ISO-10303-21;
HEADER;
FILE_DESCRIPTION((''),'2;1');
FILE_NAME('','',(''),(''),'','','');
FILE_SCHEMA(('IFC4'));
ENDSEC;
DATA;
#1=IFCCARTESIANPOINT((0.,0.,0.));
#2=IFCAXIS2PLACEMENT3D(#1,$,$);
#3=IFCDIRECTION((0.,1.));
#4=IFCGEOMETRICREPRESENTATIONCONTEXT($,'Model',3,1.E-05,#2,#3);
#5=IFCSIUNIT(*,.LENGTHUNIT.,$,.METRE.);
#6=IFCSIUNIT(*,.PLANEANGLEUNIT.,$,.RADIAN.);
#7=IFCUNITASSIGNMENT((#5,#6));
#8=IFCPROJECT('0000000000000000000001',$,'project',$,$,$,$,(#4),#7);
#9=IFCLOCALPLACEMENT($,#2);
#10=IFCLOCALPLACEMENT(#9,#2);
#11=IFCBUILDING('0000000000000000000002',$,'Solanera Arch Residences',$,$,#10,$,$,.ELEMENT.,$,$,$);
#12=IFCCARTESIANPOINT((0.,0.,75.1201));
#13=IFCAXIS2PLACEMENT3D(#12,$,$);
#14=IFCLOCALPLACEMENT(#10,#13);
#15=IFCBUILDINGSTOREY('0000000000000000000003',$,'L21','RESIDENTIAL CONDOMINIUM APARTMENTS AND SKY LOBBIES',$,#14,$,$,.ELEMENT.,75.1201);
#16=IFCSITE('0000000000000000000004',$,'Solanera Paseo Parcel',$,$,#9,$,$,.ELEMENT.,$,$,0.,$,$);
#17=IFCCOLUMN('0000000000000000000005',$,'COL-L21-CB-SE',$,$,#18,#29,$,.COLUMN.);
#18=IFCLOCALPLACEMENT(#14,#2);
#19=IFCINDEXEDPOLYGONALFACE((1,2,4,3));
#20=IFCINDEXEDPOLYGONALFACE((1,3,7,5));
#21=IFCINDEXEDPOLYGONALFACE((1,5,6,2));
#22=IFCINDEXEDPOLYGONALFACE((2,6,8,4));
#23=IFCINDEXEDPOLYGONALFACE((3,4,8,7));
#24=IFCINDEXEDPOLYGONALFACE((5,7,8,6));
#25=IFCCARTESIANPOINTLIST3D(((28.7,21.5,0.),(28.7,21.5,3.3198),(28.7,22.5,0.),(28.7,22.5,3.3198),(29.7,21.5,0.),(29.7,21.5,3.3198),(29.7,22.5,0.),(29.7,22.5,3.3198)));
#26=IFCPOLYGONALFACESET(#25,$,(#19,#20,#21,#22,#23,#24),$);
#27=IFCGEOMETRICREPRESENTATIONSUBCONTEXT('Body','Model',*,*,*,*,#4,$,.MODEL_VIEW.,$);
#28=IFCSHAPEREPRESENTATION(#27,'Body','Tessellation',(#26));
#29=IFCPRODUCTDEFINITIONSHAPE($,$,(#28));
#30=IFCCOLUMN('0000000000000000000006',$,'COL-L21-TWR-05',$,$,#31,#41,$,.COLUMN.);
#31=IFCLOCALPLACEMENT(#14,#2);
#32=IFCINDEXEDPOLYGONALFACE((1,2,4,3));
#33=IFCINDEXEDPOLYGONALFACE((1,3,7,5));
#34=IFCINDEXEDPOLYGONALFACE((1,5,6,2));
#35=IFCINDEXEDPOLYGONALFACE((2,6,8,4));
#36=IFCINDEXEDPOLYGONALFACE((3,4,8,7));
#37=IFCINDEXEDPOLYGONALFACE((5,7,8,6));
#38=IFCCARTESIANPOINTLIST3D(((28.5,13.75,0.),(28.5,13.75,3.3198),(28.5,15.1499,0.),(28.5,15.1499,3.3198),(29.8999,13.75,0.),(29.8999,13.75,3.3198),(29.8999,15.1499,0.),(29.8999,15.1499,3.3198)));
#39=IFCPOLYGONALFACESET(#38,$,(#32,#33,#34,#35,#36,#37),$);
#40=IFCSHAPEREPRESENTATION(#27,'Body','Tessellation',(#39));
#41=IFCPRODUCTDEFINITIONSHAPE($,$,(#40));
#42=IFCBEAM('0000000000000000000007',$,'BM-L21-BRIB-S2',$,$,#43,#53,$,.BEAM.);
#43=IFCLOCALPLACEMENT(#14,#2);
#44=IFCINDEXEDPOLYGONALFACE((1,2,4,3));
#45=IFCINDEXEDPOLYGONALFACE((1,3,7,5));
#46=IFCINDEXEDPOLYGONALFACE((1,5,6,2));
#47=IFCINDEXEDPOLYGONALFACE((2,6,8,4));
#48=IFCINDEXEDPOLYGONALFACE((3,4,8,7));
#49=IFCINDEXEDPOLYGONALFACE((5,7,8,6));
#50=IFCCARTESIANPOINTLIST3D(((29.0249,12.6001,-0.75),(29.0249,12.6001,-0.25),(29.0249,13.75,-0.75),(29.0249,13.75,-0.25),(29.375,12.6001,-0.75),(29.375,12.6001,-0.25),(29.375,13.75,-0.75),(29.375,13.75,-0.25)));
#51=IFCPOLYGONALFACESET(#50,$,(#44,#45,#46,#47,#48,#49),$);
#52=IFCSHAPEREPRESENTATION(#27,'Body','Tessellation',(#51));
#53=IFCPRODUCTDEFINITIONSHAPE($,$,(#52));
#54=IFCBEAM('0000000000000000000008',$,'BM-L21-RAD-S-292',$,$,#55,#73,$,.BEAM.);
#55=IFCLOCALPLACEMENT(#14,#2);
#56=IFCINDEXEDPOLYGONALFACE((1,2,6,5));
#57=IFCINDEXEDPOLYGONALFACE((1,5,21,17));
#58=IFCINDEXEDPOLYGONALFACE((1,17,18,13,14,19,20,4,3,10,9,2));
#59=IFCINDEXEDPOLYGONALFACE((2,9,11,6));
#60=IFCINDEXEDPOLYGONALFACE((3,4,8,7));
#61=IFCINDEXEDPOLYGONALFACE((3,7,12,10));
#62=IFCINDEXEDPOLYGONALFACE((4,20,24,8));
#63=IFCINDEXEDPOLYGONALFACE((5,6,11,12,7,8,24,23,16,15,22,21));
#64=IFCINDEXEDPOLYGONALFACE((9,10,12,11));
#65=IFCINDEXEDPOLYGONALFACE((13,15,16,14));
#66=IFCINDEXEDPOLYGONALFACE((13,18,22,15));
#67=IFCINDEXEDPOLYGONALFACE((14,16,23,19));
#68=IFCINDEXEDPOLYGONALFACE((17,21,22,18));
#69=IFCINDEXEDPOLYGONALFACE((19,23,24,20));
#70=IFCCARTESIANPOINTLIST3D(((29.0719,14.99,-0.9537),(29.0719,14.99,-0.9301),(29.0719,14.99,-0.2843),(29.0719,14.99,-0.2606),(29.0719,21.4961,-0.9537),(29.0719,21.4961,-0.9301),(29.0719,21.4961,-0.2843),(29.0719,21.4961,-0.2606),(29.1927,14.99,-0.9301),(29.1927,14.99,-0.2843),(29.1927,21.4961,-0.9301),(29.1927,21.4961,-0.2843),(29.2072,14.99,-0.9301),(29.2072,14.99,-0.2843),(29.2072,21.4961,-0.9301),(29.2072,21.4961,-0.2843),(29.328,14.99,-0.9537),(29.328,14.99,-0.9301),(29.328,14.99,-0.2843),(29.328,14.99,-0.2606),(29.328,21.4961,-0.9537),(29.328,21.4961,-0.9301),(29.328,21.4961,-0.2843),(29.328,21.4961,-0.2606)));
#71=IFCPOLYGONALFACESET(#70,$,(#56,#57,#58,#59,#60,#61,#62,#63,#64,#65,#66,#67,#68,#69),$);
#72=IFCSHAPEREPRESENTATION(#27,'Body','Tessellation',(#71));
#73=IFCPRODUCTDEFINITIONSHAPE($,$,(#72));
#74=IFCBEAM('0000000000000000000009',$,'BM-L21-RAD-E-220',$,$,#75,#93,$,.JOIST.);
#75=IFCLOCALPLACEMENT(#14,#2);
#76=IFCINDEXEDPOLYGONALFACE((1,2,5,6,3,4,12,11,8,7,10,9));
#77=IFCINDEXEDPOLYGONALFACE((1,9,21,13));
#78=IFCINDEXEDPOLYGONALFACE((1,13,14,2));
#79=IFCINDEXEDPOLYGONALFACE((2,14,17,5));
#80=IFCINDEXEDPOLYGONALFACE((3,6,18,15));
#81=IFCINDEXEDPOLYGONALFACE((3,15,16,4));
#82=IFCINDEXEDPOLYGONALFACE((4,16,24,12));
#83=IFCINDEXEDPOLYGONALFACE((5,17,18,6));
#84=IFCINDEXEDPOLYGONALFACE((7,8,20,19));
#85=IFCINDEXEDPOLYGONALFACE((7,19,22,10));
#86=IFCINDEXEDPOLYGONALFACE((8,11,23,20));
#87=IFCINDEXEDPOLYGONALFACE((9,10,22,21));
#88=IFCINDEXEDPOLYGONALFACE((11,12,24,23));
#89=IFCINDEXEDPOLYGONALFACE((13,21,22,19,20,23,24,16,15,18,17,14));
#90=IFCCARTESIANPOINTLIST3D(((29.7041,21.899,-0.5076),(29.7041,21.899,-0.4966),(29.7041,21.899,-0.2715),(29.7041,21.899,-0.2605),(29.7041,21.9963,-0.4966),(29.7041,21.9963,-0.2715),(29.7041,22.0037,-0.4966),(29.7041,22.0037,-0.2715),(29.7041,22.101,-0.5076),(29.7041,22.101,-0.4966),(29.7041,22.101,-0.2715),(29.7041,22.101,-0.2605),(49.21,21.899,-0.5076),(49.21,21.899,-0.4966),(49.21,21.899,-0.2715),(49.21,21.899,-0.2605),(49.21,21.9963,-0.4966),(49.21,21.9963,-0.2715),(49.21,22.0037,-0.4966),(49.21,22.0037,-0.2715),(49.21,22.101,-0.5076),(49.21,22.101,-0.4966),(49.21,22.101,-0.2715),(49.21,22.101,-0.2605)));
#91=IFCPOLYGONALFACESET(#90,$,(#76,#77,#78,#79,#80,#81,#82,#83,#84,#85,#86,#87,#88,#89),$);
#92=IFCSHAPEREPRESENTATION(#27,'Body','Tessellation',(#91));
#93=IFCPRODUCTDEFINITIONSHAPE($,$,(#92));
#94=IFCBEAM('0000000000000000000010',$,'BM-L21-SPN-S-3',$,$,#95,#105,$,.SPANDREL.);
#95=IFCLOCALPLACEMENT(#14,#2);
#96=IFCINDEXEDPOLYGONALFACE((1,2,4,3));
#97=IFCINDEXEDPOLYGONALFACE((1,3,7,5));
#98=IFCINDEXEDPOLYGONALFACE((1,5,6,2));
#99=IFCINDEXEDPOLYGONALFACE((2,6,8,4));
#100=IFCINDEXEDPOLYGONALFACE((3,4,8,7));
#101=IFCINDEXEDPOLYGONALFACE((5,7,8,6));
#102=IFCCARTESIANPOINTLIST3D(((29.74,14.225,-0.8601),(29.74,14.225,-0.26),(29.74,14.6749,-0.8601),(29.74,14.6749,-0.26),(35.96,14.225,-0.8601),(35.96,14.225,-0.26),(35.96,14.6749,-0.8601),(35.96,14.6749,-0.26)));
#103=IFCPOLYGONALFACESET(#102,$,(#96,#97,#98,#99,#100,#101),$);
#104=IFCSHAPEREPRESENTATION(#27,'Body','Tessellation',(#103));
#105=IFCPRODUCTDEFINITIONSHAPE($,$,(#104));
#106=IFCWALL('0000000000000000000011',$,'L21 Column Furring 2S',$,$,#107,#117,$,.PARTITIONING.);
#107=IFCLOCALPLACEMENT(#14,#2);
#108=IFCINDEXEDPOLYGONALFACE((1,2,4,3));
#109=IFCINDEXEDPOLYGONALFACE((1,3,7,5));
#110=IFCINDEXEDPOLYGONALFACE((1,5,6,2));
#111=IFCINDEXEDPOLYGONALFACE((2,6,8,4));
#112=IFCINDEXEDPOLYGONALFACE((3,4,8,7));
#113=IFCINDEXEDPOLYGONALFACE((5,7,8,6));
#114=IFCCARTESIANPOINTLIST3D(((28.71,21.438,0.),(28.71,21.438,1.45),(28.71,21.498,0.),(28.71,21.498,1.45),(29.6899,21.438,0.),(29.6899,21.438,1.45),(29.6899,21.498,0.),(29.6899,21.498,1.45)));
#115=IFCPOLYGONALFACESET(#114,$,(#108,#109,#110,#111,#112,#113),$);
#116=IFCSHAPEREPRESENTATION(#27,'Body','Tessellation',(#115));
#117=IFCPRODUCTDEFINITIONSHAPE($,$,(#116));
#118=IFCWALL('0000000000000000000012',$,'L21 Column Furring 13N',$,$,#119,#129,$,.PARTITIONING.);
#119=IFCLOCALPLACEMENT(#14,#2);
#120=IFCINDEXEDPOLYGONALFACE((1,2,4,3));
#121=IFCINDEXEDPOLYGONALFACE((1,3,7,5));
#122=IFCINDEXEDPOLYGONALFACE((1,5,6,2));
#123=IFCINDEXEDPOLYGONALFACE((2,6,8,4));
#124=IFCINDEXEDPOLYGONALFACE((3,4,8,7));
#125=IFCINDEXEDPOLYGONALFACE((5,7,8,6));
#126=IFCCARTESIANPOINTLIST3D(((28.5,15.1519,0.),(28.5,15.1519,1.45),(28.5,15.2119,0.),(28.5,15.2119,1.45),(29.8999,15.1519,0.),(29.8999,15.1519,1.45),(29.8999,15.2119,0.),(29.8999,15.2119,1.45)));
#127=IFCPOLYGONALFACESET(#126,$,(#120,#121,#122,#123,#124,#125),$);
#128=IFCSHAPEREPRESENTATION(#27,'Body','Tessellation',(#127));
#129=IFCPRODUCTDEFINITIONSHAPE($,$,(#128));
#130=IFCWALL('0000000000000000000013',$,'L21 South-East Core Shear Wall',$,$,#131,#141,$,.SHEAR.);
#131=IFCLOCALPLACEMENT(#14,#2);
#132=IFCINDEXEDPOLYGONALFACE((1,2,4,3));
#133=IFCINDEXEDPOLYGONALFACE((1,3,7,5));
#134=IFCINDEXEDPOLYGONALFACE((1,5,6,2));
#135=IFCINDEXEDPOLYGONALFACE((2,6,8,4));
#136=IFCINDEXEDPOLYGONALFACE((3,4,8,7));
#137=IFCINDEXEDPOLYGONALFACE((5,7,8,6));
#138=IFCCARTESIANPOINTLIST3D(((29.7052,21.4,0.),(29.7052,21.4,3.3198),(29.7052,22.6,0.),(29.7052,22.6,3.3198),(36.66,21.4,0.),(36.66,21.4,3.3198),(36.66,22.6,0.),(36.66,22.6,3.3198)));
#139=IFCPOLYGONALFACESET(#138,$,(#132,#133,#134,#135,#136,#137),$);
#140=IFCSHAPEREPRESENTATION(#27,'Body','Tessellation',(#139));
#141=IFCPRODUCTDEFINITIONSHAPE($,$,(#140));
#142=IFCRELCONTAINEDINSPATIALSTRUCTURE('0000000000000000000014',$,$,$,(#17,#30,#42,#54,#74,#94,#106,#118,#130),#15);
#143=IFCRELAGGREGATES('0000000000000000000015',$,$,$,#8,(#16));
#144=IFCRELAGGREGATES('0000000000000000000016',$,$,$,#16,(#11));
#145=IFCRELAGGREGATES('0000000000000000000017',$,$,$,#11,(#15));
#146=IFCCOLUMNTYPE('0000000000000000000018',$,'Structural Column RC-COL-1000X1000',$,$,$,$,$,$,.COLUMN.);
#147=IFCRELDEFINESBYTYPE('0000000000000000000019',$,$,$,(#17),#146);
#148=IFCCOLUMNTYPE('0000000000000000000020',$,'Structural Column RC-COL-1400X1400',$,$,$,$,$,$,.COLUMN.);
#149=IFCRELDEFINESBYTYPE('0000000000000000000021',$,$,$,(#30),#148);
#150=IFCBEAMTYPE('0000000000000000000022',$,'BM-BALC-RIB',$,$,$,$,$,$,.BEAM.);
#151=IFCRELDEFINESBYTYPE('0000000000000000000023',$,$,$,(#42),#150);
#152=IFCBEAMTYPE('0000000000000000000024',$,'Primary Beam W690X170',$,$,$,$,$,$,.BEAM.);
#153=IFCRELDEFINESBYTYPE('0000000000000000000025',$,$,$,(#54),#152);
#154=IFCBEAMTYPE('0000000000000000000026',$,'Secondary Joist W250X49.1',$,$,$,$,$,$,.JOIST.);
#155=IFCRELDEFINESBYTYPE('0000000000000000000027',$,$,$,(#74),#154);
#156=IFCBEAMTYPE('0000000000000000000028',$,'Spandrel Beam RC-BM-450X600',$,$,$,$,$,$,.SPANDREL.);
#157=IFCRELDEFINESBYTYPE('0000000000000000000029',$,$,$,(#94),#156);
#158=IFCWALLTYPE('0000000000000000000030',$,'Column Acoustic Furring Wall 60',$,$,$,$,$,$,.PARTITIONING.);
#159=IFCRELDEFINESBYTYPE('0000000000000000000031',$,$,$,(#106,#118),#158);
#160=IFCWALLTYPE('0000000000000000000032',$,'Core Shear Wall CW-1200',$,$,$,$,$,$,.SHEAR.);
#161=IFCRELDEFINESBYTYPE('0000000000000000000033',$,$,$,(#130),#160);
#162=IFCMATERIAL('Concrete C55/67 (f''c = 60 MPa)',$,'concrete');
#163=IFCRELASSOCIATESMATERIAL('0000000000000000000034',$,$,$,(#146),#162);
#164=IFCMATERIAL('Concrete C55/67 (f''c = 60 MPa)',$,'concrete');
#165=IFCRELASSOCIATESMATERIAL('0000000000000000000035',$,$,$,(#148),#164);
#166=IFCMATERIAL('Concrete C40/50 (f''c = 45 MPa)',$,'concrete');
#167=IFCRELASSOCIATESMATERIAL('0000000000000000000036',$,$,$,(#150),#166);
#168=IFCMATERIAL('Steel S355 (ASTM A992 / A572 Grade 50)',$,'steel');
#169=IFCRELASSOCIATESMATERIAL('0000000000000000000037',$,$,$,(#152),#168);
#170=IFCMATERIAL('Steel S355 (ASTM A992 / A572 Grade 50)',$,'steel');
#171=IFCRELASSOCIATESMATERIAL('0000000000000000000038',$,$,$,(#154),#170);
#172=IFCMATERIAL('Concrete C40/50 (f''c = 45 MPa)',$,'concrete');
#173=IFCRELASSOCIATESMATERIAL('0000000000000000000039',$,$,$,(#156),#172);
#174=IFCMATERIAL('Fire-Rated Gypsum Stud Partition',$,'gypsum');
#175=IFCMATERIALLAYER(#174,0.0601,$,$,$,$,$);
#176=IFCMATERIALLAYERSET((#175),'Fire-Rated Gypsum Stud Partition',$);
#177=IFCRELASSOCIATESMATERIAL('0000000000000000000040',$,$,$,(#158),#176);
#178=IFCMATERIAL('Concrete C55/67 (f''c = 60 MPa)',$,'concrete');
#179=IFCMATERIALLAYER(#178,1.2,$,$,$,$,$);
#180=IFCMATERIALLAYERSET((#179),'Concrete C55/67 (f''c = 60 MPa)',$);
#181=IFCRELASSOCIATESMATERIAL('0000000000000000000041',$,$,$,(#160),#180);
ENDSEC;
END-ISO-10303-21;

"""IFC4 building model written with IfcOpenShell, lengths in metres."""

from ifc_helpers import new_model, si_unit, direction, frame, frame_2d, origin, origin_2d, place, context, subcontext, project, spatial, rectangle, i_section, extrude, material, layer, layer_set, material_profile, profile_set, type_object, element, save


model = new_model("IFC4")

# Units and contexts
model_context = context("Model", 3, precision=1e-05, world=origin(), true_north=direction((0.0, 1.0)))
body_context = subcontext(model_context, "Body", "Model", "MODEL_VIEW")
ifc_project = project(units=[si_unit("LENGTHUNIT", "METRE"), si_unit("PLANEANGLEUNIT", "RADIAN")], contexts=[model_context])

# Site, building, storey
site_placement = place(None, origin())
site = spatial("IfcSite", under=ifc_project, at=site_placement, Name="Solanera Paseo Parcel", CompositionType="ELEMENT", RefElevation=0.0)
building_placement = place(site_placement, origin())
building = spatial("IfcBuilding", under=site, at=building_placement, Name="Solanera Arch Residences", CompositionType="ELEMENT")
storey_placement = place(building_placement, frame((0.0, 0.0, 75.1201)))
storey = spatial("IfcBuildingStorey", under=building, at=storey_placement, Name="L21", Description="RESIDENTIAL CONDOMINIUM APARTMENTS AND SKY LOBBIES", CompositionType="ELEMENT", Elevation=75.1201)

# Columns
ifc_material_1 = material(Name="Concrete C55/67 (f'c = 60 MPa)", Category="concrete")
ifc_material_profile_1 = material_profile(ifc_material_1, rectangle(XDim=1.0, YDim=1.0, at=origin_2d()))
ifc_profile_set_1 = profile_set([ifc_material_profile_1], Name="Concrete C55/67 (f'c = 60 MPa)")
column_type_1 = type_object("IfcColumnType", Name="Structural Column RC-COL-1000X1000", PredefinedType="COLUMN", material=ifc_profile_set_1)
column_1_placement = place(storey_placement, frame((29.2, 22.0, 0.0), z_axis=(0.0, 0.0, 1.0), x_axis=(1.0, 0.0, 0.0)))
element("IfcColumn", 1, at=column_1_placement, inside=storey, type_object=column_type_1, Name="COL-L21-CB-SE", PredefinedType="COLUMN", context=body_context, shape_type="SweptSolid", body=[
    extrude(rectangle(XDim=1.0, YDim=1.0, at=origin_2d()), origin(), (0.0, 0.0, 1.0), 3.3198),
])
ifc_material_2 = material(Name="Concrete C55/67 (f'c = 60 MPa)", Category="concrete")
ifc_material_profile_2 = material_profile(ifc_material_2, rectangle(XDim=1.3999, YDim=1.3999, at=origin_2d()))
ifc_profile_set_2 = profile_set([ifc_material_profile_2], Name="Concrete C55/67 (f'c = 60 MPa)")
column_type_2 = type_object("IfcColumnType", Name="Structural Column RC-COL-1400X1400", PredefinedType="COLUMN", material=ifc_profile_set_2)
column_2_placement = place(storey_placement, frame((29.2, 14.45, 0.0), z_axis=(0.0, 0.0, 1.0), x_axis=(1.0, 0.0, 0.0)))
element("IfcColumn", 2, at=column_2_placement, inside=storey, type_object=column_type_2, Name="COL-L21-TWR-05", PredefinedType="COLUMN", context=body_context, shape_type="SweptSolid", body=[
    extrude(rectangle(XDim=1.3999, YDim=1.3999, at=origin_2d()), origin(), (0.0, 0.0, 1.0), 3.3198),
])

# Beams
ifc_material_3 = material(Name="Concrete C40/50 (f'c = 45 MPa)", Category="concrete")
ifc_material_profile_3 = material_profile(ifc_material_3, rectangle(XDim=0.3501, YDim=0.5, at=origin_2d()))
ifc_profile_set_3 = profile_set([ifc_material_profile_3], Name="Concrete C40/50 (f'c = 45 MPa)")
beam_type_1 = type_object("IfcBeamType", Name="BM-BALC-RIB", PredefinedType="BEAM", material=ifc_profile_set_3)
beam_1_placement = place(storey_placement, frame((29.2, 12.6001, -0.5), z_axis=(0.0, 1.0, 0.0), x_axis=(-1.0, 0.0, 0.0)))
element("IfcBeam", 3, at=beam_1_placement, inside=storey, type_object=beam_type_1, Name="BM-L21-BRIB-S2", PredefinedType="BEAM", context=body_context, shape_type="SweptSolid", body=[
    extrude(rectangle(XDim=0.3501, YDim=0.5, at=origin_2d()), origin(), (0.0, 0.0, 1.0), 1.1499),
])
ifc_material_4 = material(Name="Steel S355 (ASTM A992 / A572 Grade 50)", Category="steel")
ifc_material_profile_4 = material_profile(ifc_material_4, i_section(OverallWidth=0.2561, OverallDepth=0.6931, WebThickness=0.0144, FlangeThickness=0.0237, at=origin_2d()))
ifc_profile_set_4 = profile_set([ifc_material_profile_4], Name="Steel S355 (ASTM A992 / A572 Grade 50)")
beam_type_2 = type_object("IfcBeamType", Name="Primary Beam W690X170", PredefinedType="BEAM", material=ifc_profile_set_4)
beam_2_placement = place(storey_placement, frame((29.2, 14.99, -0.6072), z_axis=(0.0, 1.0, 0.0), x_axis=(-1.0, 0.0, 0.0)))
element("IfcBeam", 4, at=beam_2_placement, inside=storey, type_object=beam_type_2, Name="BM-L21-RAD-S-292", PredefinedType="BEAM", context=body_context, shape_type="SweptSolid", body=[
    extrude(i_section(OverallWidth=0.2561, OverallDepth=0.6931, WebThickness=0.0144, FlangeThickness=0.0237, at=origin_2d()), origin(), (0.0, 0.0, 1.0), 6.5061),
])
ifc_material_5 = material(Name="Steel S355 (ASTM A992 / A572 Grade 50)", Category="steel")
ifc_material_profile_5 = material_profile(ifc_material_5, i_section(OverallWidth=0.2019, OverallDepth=0.2471, WebThickness=0.0073, FlangeThickness=0.011, at=origin_2d()))
ifc_profile_set_5 = profile_set([ifc_material_profile_5], Name="Steel S355 (ASTM A992 / A572 Grade 50)")
beam_type_3 = type_object("IfcBeamType", Name="Secondary Joist W250X49.1", PredefinedType="JOIST", material=ifc_profile_set_5)
beam_3_placement = place(storey_placement, frame((29.7041, 22.0, -0.384), z_axis=(1.0, 0.0, 0.0), x_axis=(0.0, 1.0, 0.0)))
element("IfcBeam", 5, at=beam_3_placement, inside=storey, type_object=beam_type_3, Name="BM-L21-RAD-E-220", PredefinedType="JOIST", context=body_context, shape_type="SweptSolid", body=[
    extrude(i_section(OverallWidth=0.2019, OverallDepth=0.2471, WebThickness=0.0073, FlangeThickness=0.011, at=origin_2d()), origin(), (0.0, 0.0, 1.0), 19.5059),
])
ifc_material_6 = material(Name="Concrete C40/50 (f'c = 45 MPa)", Category="concrete")
ifc_material_profile_6 = material_profile(ifc_material_6, rectangle(XDim=0.45, YDim=0.6001, at=origin_2d()))
ifc_profile_set_6 = profile_set([ifc_material_profile_6], Name="Concrete C40/50 (f'c = 45 MPa)")
beam_type_4 = type_object("IfcBeamType", Name="Spandrel Beam RC-BM-450X600", PredefinedType="SPANDREL", material=ifc_profile_set_6)
beam_4_placement = place(storey_placement, frame((29.74, 14.45, -0.5601), z_axis=(1.0, 0.0, 0.0), x_axis=(0.0, 1.0, 0.0)))
element("IfcBeam", 6, at=beam_4_placement, inside=storey, type_object=beam_type_4, Name="BM-L21-SPN-S-3", PredefinedType="SPANDREL", context=body_context, shape_type="SweptSolid", body=[
    extrude(rectangle(XDim=0.45, YDim=0.6001, at=origin_2d()), origin(), (0.0, 0.0, 1.0), 6.22),
])

# Walls
ifc_material_7 = material(Name="Fire-Rated Gypsum Stud Partition", Category="gypsum")
ifc_layer_1 = layer(ifc_material_7, 0.0601)
ifc_layer_set_1 = layer_set([ifc_layer_1], Name="Fire-Rated Gypsum Stud Partition")
wall_type_1 = type_object("IfcWallType", Name="Column Acoustic Furring Wall 60", PredefinedType="PARTITIONING", material=ifc_layer_set_1)
wall_1_placement = place(storey_placement, frame((28.71, 21.468, 0.0), z_axis=(0.0, 0.0, 1.0), x_axis=(1.0, 0.0, 0.0)))
element("IfcWall", 7, at=wall_1_placement, inside=storey, type_object=wall_type_1, Name="L21 Column Furring 2S", PredefinedType="PARTITIONING", context=body_context, shape_type="SweptSolid", body=[
    extrude(rectangle(XDim=0.98, YDim=0.0601, at=frame_2d((0.49, 0.0))), origin(), (0.0, 0.0, 1.0), 1.45),
])
wall_2_placement = place(storey_placement, frame((28.5, 15.1819, 0.0), z_axis=(0.0, 0.0, 1.0), x_axis=(1.0, 0.0, 0.0)))
element("IfcWall", 8, at=wall_2_placement, inside=storey, type_object=wall_type_1, Name="L21 Column Furring 13N", PredefinedType="PARTITIONING", context=body_context, shape_type="SweptSolid", body=[
    extrude(rectangle(XDim=1.3999, YDim=0.0601, at=frame_2d((0.7, 0.0))), origin(), (0.0, 0.0, 1.0), 1.45),
])
ifc_material_8 = material(Name="Concrete C55/67 (f'c = 60 MPa)", Category="concrete")
ifc_layer_2 = layer(ifc_material_8, 1.2)
ifc_layer_set_2 = layer_set([ifc_layer_2], Name="Concrete C55/67 (f'c = 60 MPa)")
wall_type_2 = type_object("IfcWallType", Name="Core Shear Wall CW-1200", PredefinedType="SHEAR", material=ifc_layer_set_2)
wall_3_placement = place(storey_placement, frame((29.7051, 22.0, 0.0), z_axis=(0.0, 0.0, 1.0), x_axis=(1.0, 0.0, 0.0)))
element("IfcWall", 9, at=wall_3_placement, inside=storey, type_object=wall_type_2, Name="L21 South-East Core Shear Wall", PredefinedType="SHEAR", context=body_context, shape_type="SweptSolid", body=[
    extrude(rectangle(XDim=6.9548, YDim=1.2, at=frame_2d((3.4775, 0.0))), origin(), (0.0, 0.0, 1.0), 3.3198),
])

save(model, "model.ifc")
